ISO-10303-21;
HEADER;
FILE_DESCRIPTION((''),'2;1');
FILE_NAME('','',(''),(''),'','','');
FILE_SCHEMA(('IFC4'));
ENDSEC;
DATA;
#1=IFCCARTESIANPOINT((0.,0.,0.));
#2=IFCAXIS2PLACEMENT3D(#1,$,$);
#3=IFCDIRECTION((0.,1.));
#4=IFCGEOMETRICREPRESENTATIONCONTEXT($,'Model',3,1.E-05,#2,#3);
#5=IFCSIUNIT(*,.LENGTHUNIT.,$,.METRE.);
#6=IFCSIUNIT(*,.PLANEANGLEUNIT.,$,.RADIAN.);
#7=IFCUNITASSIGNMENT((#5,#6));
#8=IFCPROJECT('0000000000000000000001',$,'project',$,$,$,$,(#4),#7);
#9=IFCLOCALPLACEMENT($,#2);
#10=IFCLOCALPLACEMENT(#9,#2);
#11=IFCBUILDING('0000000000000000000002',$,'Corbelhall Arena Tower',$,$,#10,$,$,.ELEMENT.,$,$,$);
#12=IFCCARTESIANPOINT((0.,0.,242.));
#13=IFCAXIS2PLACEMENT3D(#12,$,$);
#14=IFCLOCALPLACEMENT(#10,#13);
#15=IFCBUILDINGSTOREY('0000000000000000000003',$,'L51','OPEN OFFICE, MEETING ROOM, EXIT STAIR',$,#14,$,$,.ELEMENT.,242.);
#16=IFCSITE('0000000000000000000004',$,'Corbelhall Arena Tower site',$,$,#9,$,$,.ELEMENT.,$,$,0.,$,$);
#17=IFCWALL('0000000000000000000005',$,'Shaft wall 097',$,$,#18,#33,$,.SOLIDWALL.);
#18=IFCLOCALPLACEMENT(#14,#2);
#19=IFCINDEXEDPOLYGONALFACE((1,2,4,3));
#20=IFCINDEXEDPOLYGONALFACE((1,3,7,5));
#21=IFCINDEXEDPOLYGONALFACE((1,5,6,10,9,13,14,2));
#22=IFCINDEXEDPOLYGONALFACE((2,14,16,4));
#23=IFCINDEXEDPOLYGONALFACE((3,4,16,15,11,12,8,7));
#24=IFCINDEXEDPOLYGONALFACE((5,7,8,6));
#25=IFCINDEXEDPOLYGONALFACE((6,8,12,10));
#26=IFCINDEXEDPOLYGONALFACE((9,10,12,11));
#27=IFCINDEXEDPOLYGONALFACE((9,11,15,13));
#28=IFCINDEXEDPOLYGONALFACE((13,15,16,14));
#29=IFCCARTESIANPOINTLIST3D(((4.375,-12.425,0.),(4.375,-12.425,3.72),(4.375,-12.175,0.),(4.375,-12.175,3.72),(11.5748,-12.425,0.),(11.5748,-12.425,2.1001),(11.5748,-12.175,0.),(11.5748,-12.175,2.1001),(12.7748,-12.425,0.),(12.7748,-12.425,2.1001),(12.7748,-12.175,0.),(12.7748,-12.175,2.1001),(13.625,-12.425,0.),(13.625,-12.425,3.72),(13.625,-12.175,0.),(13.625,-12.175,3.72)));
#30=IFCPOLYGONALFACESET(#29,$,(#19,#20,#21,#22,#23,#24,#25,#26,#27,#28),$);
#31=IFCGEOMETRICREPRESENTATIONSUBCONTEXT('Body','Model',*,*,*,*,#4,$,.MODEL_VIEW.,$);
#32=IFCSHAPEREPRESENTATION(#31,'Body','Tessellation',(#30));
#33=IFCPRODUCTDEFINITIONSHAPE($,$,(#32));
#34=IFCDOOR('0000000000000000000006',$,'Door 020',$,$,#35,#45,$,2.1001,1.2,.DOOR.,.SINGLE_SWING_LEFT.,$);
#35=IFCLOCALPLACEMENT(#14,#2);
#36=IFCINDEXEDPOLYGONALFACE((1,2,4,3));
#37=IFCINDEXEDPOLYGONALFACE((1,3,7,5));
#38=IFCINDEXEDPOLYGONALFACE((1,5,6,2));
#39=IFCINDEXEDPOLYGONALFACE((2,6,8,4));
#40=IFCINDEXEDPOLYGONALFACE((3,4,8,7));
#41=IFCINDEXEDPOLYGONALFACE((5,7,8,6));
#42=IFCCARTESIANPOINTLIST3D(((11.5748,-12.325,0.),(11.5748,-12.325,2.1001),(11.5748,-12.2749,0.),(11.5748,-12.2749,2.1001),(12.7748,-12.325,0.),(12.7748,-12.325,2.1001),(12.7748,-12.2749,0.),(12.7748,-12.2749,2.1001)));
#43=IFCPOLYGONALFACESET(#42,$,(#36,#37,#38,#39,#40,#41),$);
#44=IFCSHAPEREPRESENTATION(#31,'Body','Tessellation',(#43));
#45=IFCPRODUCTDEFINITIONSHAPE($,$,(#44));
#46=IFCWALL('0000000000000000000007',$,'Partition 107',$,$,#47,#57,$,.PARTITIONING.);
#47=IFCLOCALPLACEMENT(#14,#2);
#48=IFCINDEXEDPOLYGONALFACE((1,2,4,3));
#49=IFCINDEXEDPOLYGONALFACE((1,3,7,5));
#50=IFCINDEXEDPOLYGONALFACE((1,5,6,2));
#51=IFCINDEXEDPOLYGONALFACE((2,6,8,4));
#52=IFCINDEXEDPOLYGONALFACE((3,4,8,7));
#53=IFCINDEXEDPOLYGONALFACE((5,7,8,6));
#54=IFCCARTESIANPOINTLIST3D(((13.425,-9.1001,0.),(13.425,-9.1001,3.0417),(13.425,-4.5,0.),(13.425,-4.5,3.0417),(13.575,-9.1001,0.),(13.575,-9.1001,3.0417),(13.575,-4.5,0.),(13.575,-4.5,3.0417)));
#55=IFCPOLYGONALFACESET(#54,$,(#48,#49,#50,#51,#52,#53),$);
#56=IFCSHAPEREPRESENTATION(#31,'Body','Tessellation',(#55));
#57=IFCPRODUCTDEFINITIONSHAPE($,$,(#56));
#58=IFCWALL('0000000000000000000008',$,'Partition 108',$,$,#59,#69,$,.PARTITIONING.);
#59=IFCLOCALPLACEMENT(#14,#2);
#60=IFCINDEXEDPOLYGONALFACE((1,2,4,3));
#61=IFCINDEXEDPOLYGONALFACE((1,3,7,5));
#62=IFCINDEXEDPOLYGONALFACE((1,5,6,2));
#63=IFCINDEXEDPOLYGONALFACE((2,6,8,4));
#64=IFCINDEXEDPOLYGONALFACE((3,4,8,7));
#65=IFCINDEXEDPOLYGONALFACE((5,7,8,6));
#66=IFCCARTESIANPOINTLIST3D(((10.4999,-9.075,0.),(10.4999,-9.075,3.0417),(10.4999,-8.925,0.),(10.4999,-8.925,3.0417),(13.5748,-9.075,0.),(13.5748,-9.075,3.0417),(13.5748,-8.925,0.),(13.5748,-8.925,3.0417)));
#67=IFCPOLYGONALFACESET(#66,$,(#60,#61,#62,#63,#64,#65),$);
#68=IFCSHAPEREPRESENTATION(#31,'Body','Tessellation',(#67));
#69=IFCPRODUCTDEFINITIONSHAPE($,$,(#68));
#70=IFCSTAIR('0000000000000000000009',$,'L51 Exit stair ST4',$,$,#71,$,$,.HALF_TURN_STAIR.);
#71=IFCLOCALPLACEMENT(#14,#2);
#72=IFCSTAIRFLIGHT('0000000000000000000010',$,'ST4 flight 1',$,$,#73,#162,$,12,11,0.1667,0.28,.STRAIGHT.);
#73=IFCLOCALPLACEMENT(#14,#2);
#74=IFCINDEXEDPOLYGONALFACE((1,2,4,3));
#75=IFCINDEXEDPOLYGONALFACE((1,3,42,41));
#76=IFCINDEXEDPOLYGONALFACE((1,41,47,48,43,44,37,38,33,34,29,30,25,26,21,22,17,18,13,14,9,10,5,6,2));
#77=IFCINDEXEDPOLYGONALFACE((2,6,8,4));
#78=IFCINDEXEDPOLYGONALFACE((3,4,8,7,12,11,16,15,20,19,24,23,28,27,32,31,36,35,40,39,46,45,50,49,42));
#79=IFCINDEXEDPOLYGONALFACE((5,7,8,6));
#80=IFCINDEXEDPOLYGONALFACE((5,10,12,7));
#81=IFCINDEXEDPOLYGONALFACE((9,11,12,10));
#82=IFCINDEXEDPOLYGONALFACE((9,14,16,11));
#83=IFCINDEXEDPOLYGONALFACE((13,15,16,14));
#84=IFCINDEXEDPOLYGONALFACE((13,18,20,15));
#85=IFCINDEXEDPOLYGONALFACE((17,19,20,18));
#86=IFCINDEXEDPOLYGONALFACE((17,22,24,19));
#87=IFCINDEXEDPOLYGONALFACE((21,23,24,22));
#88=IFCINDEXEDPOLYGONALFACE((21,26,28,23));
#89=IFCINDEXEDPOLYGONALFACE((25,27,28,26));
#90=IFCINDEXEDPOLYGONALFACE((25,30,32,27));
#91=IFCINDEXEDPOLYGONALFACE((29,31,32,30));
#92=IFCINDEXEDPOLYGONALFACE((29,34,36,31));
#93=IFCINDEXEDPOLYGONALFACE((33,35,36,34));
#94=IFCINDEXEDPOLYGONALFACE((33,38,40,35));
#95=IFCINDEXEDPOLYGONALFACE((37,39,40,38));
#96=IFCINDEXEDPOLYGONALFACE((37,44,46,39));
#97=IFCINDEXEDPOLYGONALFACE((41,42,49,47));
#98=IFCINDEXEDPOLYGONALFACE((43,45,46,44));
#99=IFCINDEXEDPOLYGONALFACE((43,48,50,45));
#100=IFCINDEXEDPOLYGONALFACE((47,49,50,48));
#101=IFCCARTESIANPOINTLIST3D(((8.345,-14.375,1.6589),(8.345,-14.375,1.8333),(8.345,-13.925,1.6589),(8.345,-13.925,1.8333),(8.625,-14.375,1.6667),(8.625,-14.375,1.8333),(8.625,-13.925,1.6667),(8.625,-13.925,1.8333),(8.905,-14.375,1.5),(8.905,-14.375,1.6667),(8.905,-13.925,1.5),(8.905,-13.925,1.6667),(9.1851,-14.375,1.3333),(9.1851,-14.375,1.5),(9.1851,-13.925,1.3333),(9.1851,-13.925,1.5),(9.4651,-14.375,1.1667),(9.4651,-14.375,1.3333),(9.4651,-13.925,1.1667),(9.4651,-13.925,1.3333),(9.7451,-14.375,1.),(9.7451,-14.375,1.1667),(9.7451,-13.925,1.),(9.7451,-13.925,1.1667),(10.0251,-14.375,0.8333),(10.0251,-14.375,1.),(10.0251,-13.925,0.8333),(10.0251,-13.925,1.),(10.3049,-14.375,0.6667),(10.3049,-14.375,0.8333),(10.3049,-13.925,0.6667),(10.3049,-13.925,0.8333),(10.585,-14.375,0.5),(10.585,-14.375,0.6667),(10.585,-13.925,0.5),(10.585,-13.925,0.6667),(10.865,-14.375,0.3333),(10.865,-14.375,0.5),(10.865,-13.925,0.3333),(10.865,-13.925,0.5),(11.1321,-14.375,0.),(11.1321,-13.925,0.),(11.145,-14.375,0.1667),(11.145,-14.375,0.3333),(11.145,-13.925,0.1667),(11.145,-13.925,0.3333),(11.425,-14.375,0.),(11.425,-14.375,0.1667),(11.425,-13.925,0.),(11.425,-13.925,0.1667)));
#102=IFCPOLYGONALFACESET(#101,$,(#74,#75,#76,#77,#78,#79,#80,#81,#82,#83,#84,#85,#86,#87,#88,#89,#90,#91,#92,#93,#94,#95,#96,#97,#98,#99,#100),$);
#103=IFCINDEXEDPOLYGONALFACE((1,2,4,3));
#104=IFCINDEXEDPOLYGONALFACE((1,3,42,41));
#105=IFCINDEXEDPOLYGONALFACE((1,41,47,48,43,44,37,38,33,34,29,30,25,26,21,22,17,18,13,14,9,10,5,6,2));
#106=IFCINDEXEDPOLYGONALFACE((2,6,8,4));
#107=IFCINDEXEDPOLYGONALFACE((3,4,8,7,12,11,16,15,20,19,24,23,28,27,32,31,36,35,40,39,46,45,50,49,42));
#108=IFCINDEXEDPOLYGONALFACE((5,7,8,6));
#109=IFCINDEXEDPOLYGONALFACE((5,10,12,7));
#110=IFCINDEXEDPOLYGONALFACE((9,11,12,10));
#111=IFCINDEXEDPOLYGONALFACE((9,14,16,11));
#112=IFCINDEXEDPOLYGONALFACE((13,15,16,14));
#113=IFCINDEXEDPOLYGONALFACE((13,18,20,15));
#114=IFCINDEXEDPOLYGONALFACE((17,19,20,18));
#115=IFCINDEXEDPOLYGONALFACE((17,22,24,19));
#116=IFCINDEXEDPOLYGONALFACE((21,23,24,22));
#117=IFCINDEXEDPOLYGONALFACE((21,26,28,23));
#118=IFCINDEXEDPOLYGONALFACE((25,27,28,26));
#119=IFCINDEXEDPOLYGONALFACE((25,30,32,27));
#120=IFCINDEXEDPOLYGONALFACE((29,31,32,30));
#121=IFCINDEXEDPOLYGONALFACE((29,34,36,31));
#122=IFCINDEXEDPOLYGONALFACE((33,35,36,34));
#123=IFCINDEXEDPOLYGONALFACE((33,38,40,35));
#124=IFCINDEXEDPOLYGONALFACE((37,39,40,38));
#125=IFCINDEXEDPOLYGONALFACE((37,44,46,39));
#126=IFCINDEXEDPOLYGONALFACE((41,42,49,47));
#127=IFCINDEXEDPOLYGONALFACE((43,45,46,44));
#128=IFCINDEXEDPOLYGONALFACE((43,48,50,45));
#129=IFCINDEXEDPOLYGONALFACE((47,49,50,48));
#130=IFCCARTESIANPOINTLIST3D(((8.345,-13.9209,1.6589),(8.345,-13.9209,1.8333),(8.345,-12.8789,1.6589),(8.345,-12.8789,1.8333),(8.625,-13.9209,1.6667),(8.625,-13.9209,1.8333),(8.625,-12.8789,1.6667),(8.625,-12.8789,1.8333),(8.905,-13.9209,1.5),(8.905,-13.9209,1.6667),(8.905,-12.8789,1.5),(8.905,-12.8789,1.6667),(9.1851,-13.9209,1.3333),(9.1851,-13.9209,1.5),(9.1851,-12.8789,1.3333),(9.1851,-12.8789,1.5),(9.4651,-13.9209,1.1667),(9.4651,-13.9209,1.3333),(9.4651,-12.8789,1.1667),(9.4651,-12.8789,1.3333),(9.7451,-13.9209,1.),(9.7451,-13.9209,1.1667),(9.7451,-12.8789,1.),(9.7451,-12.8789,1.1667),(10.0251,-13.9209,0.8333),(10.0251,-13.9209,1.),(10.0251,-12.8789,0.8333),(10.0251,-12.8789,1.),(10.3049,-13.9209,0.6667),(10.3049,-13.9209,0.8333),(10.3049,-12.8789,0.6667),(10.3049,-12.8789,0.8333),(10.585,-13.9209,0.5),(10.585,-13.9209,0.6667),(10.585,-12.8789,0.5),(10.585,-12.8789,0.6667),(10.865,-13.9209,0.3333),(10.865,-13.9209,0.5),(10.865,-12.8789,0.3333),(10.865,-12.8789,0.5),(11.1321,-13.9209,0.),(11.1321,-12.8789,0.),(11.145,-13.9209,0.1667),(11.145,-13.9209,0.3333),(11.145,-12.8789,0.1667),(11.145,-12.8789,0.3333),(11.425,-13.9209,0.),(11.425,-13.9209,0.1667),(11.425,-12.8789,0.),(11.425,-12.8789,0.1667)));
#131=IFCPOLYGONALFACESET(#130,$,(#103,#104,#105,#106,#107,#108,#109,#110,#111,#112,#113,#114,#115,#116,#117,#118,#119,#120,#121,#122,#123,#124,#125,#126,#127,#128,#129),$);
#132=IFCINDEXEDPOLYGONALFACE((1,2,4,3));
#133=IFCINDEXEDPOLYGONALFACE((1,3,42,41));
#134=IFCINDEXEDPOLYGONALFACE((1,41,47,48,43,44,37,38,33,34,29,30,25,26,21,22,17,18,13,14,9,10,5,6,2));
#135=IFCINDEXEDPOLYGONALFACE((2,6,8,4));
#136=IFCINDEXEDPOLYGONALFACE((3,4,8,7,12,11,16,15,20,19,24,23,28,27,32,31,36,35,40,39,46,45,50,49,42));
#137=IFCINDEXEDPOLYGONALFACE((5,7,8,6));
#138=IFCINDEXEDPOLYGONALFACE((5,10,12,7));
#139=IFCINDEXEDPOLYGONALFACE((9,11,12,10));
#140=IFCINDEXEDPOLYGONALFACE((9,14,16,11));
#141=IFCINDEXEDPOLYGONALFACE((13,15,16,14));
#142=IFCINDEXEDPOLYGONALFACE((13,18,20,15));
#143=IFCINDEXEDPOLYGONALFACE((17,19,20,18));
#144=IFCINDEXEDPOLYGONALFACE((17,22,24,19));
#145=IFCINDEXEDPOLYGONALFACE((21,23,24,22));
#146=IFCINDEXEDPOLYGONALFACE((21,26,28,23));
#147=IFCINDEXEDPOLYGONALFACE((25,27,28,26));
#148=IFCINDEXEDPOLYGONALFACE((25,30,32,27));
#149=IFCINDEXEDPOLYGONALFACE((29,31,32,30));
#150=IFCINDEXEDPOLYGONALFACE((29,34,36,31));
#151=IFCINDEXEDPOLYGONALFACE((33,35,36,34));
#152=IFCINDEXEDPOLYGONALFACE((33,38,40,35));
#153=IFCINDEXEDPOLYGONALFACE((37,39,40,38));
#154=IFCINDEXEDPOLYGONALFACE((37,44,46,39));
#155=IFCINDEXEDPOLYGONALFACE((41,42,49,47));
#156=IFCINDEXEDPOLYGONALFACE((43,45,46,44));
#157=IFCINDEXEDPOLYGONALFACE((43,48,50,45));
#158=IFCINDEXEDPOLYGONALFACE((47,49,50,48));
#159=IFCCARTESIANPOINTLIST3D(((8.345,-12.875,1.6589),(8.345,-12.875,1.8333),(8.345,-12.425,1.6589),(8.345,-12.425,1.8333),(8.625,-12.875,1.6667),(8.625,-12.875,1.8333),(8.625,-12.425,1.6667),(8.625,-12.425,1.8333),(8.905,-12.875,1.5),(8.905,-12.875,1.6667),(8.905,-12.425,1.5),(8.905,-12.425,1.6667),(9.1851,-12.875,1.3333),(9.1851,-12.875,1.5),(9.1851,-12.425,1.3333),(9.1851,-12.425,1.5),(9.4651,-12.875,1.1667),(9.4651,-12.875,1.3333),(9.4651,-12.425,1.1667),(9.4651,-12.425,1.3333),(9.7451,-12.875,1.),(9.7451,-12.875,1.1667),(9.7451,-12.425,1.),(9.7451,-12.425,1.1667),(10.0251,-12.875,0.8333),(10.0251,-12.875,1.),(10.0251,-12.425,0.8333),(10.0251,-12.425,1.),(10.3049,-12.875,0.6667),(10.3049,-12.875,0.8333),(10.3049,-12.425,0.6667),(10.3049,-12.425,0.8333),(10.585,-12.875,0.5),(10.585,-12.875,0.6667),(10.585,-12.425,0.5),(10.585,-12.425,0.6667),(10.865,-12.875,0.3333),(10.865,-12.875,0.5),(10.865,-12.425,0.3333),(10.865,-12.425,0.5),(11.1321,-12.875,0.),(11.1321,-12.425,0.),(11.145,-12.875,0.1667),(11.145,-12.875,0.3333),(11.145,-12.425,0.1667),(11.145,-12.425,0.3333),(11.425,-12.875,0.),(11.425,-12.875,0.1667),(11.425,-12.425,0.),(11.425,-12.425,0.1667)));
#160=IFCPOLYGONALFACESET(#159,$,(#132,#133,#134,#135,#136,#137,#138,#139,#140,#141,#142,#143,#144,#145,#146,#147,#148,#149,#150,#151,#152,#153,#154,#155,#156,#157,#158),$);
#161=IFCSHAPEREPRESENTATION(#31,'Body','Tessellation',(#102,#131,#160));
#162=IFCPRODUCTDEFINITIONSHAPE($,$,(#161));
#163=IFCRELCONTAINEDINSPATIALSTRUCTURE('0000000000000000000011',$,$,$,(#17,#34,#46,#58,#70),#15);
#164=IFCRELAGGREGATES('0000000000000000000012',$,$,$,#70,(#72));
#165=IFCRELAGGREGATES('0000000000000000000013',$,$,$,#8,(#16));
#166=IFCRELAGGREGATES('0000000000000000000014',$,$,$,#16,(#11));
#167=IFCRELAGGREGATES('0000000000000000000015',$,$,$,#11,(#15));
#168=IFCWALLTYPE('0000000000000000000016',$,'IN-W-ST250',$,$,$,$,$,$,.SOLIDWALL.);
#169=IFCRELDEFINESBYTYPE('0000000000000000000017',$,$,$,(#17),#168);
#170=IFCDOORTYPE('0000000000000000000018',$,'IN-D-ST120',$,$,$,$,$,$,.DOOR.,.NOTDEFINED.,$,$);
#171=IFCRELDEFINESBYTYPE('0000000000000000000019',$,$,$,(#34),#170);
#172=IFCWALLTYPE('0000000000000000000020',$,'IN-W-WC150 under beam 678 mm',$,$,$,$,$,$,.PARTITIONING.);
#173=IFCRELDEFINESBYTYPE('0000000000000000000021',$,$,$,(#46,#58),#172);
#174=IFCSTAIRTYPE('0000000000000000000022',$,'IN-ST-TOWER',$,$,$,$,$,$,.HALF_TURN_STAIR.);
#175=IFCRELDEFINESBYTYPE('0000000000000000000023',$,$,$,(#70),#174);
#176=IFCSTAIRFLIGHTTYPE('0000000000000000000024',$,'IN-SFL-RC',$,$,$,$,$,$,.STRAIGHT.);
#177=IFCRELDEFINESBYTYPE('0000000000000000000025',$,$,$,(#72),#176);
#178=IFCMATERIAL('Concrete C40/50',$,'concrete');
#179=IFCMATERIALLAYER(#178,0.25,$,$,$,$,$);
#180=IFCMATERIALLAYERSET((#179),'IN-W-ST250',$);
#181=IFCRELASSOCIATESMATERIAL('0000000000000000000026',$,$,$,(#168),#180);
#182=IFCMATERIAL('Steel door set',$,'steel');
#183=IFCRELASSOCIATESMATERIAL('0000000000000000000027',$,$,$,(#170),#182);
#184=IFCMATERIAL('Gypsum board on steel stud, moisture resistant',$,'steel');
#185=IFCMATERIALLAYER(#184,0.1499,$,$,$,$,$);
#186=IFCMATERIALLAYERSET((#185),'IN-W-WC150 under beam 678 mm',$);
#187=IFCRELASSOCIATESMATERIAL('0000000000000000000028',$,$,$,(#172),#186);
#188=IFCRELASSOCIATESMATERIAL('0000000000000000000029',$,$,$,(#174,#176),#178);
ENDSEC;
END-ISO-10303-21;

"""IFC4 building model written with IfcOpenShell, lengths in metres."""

from ifc_helpers import new_model, si_unit, direction, frame, frame_2d, origin, place, context, subcontext, project, spatial, polyline, rectangle, outline, extrude, material, layer, layer_set, type_object, element, fill, aggregate, save


model = new_model("IFC4")

# Units and contexts
model_context = context("Model", 3, precision=1e-05, world=origin(), true_north=direction((0.0, 1.0)))
body_context = subcontext(model_context, "Body", "Model", "MODEL_VIEW")
ifc_project = project(units=[si_unit("LENGTHUNIT", "METRE"), si_unit("PLANEANGLEUNIT", "RADIAN")], contexts=[model_context])

# Site, building, storey
site_placement = place(None, origin())
site = spatial("IfcSite", under=ifc_project, at=site_placement, Name="Corbelhall Arena Tower site", CompositionType="ELEMENT", RefElevation=0.0)
building_placement = place(site_placement, origin())
building = spatial("IfcBuilding", under=site, at=building_placement, Name="Corbelhall Arena Tower", CompositionType="ELEMENT")
storey_placement = place(building_placement, frame((0.0, 0.0, 242.0)))
storey = spatial("IfcBuildingStorey", under=building, at=storey_placement, Name="L51", Description="OPEN OFFICE, MEETING ROOM, EXIT STAIR", CompositionType="ELEMENT", Elevation=242.0)

# Shared definitions
ifc_material_1 = material(Name="Steel door set", Category="steel")

# Shared definitions
ifc_material_2 = material(Name="Concrete C40/50", Category="concrete")
ifc_layer_1 = layer(ifc_material_2, 0.25)
ifc_layer_set_1 = layer_set([ifc_layer_1], Name="IN-W-ST250")
wall_type_1 = type_object("IfcWallType", Name="IN-W-ST250", PredefinedType="SOLIDWALL", material=ifc_layer_set_1)

# Wall, opening, door
wall_1_placement = place(storey_placement, frame((13.625, -12.3, 0.0), z_axis=(0.0, 0.0, 1.0), x_axis=(-1.0, 0.0, 0.0)))
wall_1 = element("IfcWall", 1, at=wall_1_placement, inside=storey, type_object=wall_type_1, Name="Shaft wall 097", PredefinedType="SOLIDWALL", context=body_context, shape_type="SweptSolid", body=[
    extrude(rectangle(XDim=9.25, YDim=0.25, at=frame_2d((4.625, 0.0))), origin(), (0.0, 0.0, 1.0), 3.72),
])
opening_1_placement = place(wall_1_placement, frame((0.8501, 0.0, 0.0)))
opening_1 = element("IfcOpeningElement", 2, at=opening_1_placement, cuts=wall_1, PredefinedType="OPENING", context=body_context, shape_type="SweptSolid", body=[
    extrude(rectangle(XDim=1.2, YDim=2.1001, at=frame_2d((0.6001, 1.05))), frame((0.0, 0.125, 0.0), z_axis=(0.0, -1.0, 0.0), x_axis=(1.0, 0.0, 0.0)), (0.0, 0.0, 1.0), 0.25),
])
door_type_1 = type_object("IfcDoorType", Name="IN-D-ST120", OperationType="NOTDEFINED", PredefinedType="DOOR", material=ifc_material_1)
door_1_placement = place(opening_1_placement, origin())
door_1 = element("IfcDoor", 3, at=door_1_placement, inside=storey, type_object=door_type_1, Name="Door 020", OperationType="SINGLE_SWING_LEFT", OverallHeight=2.1001, OverallWidth=1.2, PredefinedType="DOOR", context=body_context, shape_type="SweptSolid", body=[
    extrude(rectangle(XDim=1.2, YDim=2.1001, at=frame_2d((0.6001, 1.05))), frame((0.0, 0.0249, 0.0), z_axis=(0.0, -1.0, 0.0), x_axis=(1.0, 0.0, 0.0)), (0.0, 0.0, 1.0), 0.05),
])
fill(opening_1, door_1)

# Walls
ifc_material_3 = material(Name="Gypsum board on steel stud, moisture resistant", Category="steel")
ifc_layer_2 = layer(ifc_material_3, 0.1499)
ifc_layer_set_2 = layer_set([ifc_layer_2], Name="IN-W-WC150 under beam 678 mm")
wall_type_2 = type_object("IfcWallType", Name="IN-W-WC150 under beam 678 mm", PredefinedType="PARTITIONING", material=ifc_layer_set_2)
wall_2_placement = place(storey_placement, frame((13.5, -4.5, 0.0), z_axis=(0.0, 0.0, 1.0), x_axis=(0.0, -1.0, 0.0)))
element("IfcWall", 4, at=wall_2_placement, inside=storey, type_object=wall_type_2, Name="Partition 107", PredefinedType="PARTITIONING", context=body_context, shape_type="SweptSolid", body=[
    extrude(rectangle(XDim=4.6001, YDim=0.1499, at=frame_2d((2.3, 0.0))), origin(), (0.0, 0.0, 1.0), 3.0417),
])
wall_3_placement = place(storey_placement, frame((13.575, -9.0, 0.0), z_axis=(0.0, 0.0, 1.0), x_axis=(-1.0, 0.0, 0.0)))
element("IfcWall", 5, at=wall_3_placement, inside=storey, type_object=wall_type_2, Name="Partition 108", PredefinedType="PARTITIONING", context=body_context, shape_type="SweptSolid", body=[
    extrude(rectangle(XDim=3.075, YDim=0.1499, at=frame_2d((1.5376, 0.0))), origin(), (0.0, 0.0, 1.0), 3.0417),
])

# Stair, stair flight
stair_type = type_object("IfcStairType", Name="IN-ST-TOWER", PredefinedType="HALF_TURN_STAIR", material=ifc_material_2)
stair_placement = place(storey_placement, origin())
stair = element("IfcStair", 6, at=stair_placement, inside=storey, type_object=stair_type, Name="L51 Exit stair ST4", PredefinedType="HALF_TURN_STAIR")
stair_flight_type = type_object("IfcStairFlightType", Name="IN-SFL-RC", PredefinedType="STRAIGHT", material=ifc_material_2)
stair_flight_placement = place(storey_placement, frame((11.425, -13.3999, 0.0), z_axis=(0.0, 0.0, 1.0), x_axis=(-1.0, 0.0, 0.0)))
stair_flight = element("IfcStairFlight", 7, at=stair_flight_placement, type_object=stair_flight_type, Name="ST4 flight 1", NumberOfRisers=12, NumberOfTreads=11, PredefinedType="STRAIGHT", RiserHeight=0.1667, TreadLength=0.28, context=body_context, shape_type="SweptSolid", body=[
    extrude(outline(polyline([(0.0, 0.0), (0.0, 0.1667), (0.28, 0.1667), (0.28, 0.3333), (0.5601, 0.3333), (0.5601, 0.5), (0.8401, 0.5), (0.8401, 0.6667), (1.1201, 0.6667), (1.1201, 0.8333), (1.3999, 0.8333), (1.3999, 1.0), (1.6799, 1.0), (1.6799, 1.1667), (1.96, 1.1667), (1.96, 1.3333), (2.24, 1.3333), (2.24, 1.5), (2.52, 1.5), (2.52, 1.6667), (2.8, 1.6667), (2.8, 1.8333), (3.0801, 1.8333), (3.0801, 2.0), (3.0801, 1.6589), (0.293, 0.0), (0.0, 0.0)])), frame((0.0, 0.9751, 0.0), z_axis=(0.0, -1.0, 0.0), x_axis=(1.0, 0.0, 0.0)), (0.0, 0.0, 1.0), 0.45),
    extrude(outline(polyline([(0.0, 0.0), (0.0, 0.1667), (0.28, 0.1667), (0.28, 0.3333), (0.5601, 0.3333), (0.5601, 0.5), (0.8401, 0.5), (0.8401, 0.6667), (1.1201, 0.6667), (1.1201, 0.8333), (1.3999, 0.8333), (1.3999, 1.0), (1.6799, 1.0), (1.6799, 1.1667), (1.96, 1.1667), (1.96, 1.3333), (2.24, 1.3333), (2.24, 1.5), (2.52, 1.5), (2.52, 1.6667), (2.8, 1.6667), (2.8, 1.8333), (3.0801, 1.8333), (3.0801, 2.0), (3.0801, 1.6589), (0.293, 0.0), (0.0, 0.0)])), frame((0.0, 0.521, 0.0), z_axis=(0.0, -1.0, 0.0), x_axis=(1.0, 0.0, 0.0)), (0.0, 0.0, 1.0), 1.042),
    extrude(outline(polyline([(0.0, 0.0), (0.0, 0.1667), (0.28, 0.1667), (0.28, 0.3333), (0.5601, 0.3333), (0.5601, 0.5), (0.8401, 0.5), (0.8401, 0.6667), (1.1201, 0.6667), (1.1201, 0.8333), (1.3999, 0.8333), (1.3999, 1.0), (1.6799, 1.0), (1.6799, 1.1667), (1.96, 1.1667), (1.96, 1.3333), (2.24, 1.3333), (2.24, 1.5), (2.52, 1.5), (2.52, 1.6667), (2.8, 1.6667), (2.8, 1.8333), (3.0801, 1.8333), (3.0801, 2.0), (3.0801, 1.6589), (0.293, 0.0), (0.0, 0.0)])), frame((0.0, -0.5249, 0.0), z_axis=(0.0, -1.0, 0.0), x_axis=(1.0, 0.0, 0.0)), (0.0, 0.0, 1.0), 0.45),
])
aggregate(stair, [stair_flight])

save(model, "model.ifc")
